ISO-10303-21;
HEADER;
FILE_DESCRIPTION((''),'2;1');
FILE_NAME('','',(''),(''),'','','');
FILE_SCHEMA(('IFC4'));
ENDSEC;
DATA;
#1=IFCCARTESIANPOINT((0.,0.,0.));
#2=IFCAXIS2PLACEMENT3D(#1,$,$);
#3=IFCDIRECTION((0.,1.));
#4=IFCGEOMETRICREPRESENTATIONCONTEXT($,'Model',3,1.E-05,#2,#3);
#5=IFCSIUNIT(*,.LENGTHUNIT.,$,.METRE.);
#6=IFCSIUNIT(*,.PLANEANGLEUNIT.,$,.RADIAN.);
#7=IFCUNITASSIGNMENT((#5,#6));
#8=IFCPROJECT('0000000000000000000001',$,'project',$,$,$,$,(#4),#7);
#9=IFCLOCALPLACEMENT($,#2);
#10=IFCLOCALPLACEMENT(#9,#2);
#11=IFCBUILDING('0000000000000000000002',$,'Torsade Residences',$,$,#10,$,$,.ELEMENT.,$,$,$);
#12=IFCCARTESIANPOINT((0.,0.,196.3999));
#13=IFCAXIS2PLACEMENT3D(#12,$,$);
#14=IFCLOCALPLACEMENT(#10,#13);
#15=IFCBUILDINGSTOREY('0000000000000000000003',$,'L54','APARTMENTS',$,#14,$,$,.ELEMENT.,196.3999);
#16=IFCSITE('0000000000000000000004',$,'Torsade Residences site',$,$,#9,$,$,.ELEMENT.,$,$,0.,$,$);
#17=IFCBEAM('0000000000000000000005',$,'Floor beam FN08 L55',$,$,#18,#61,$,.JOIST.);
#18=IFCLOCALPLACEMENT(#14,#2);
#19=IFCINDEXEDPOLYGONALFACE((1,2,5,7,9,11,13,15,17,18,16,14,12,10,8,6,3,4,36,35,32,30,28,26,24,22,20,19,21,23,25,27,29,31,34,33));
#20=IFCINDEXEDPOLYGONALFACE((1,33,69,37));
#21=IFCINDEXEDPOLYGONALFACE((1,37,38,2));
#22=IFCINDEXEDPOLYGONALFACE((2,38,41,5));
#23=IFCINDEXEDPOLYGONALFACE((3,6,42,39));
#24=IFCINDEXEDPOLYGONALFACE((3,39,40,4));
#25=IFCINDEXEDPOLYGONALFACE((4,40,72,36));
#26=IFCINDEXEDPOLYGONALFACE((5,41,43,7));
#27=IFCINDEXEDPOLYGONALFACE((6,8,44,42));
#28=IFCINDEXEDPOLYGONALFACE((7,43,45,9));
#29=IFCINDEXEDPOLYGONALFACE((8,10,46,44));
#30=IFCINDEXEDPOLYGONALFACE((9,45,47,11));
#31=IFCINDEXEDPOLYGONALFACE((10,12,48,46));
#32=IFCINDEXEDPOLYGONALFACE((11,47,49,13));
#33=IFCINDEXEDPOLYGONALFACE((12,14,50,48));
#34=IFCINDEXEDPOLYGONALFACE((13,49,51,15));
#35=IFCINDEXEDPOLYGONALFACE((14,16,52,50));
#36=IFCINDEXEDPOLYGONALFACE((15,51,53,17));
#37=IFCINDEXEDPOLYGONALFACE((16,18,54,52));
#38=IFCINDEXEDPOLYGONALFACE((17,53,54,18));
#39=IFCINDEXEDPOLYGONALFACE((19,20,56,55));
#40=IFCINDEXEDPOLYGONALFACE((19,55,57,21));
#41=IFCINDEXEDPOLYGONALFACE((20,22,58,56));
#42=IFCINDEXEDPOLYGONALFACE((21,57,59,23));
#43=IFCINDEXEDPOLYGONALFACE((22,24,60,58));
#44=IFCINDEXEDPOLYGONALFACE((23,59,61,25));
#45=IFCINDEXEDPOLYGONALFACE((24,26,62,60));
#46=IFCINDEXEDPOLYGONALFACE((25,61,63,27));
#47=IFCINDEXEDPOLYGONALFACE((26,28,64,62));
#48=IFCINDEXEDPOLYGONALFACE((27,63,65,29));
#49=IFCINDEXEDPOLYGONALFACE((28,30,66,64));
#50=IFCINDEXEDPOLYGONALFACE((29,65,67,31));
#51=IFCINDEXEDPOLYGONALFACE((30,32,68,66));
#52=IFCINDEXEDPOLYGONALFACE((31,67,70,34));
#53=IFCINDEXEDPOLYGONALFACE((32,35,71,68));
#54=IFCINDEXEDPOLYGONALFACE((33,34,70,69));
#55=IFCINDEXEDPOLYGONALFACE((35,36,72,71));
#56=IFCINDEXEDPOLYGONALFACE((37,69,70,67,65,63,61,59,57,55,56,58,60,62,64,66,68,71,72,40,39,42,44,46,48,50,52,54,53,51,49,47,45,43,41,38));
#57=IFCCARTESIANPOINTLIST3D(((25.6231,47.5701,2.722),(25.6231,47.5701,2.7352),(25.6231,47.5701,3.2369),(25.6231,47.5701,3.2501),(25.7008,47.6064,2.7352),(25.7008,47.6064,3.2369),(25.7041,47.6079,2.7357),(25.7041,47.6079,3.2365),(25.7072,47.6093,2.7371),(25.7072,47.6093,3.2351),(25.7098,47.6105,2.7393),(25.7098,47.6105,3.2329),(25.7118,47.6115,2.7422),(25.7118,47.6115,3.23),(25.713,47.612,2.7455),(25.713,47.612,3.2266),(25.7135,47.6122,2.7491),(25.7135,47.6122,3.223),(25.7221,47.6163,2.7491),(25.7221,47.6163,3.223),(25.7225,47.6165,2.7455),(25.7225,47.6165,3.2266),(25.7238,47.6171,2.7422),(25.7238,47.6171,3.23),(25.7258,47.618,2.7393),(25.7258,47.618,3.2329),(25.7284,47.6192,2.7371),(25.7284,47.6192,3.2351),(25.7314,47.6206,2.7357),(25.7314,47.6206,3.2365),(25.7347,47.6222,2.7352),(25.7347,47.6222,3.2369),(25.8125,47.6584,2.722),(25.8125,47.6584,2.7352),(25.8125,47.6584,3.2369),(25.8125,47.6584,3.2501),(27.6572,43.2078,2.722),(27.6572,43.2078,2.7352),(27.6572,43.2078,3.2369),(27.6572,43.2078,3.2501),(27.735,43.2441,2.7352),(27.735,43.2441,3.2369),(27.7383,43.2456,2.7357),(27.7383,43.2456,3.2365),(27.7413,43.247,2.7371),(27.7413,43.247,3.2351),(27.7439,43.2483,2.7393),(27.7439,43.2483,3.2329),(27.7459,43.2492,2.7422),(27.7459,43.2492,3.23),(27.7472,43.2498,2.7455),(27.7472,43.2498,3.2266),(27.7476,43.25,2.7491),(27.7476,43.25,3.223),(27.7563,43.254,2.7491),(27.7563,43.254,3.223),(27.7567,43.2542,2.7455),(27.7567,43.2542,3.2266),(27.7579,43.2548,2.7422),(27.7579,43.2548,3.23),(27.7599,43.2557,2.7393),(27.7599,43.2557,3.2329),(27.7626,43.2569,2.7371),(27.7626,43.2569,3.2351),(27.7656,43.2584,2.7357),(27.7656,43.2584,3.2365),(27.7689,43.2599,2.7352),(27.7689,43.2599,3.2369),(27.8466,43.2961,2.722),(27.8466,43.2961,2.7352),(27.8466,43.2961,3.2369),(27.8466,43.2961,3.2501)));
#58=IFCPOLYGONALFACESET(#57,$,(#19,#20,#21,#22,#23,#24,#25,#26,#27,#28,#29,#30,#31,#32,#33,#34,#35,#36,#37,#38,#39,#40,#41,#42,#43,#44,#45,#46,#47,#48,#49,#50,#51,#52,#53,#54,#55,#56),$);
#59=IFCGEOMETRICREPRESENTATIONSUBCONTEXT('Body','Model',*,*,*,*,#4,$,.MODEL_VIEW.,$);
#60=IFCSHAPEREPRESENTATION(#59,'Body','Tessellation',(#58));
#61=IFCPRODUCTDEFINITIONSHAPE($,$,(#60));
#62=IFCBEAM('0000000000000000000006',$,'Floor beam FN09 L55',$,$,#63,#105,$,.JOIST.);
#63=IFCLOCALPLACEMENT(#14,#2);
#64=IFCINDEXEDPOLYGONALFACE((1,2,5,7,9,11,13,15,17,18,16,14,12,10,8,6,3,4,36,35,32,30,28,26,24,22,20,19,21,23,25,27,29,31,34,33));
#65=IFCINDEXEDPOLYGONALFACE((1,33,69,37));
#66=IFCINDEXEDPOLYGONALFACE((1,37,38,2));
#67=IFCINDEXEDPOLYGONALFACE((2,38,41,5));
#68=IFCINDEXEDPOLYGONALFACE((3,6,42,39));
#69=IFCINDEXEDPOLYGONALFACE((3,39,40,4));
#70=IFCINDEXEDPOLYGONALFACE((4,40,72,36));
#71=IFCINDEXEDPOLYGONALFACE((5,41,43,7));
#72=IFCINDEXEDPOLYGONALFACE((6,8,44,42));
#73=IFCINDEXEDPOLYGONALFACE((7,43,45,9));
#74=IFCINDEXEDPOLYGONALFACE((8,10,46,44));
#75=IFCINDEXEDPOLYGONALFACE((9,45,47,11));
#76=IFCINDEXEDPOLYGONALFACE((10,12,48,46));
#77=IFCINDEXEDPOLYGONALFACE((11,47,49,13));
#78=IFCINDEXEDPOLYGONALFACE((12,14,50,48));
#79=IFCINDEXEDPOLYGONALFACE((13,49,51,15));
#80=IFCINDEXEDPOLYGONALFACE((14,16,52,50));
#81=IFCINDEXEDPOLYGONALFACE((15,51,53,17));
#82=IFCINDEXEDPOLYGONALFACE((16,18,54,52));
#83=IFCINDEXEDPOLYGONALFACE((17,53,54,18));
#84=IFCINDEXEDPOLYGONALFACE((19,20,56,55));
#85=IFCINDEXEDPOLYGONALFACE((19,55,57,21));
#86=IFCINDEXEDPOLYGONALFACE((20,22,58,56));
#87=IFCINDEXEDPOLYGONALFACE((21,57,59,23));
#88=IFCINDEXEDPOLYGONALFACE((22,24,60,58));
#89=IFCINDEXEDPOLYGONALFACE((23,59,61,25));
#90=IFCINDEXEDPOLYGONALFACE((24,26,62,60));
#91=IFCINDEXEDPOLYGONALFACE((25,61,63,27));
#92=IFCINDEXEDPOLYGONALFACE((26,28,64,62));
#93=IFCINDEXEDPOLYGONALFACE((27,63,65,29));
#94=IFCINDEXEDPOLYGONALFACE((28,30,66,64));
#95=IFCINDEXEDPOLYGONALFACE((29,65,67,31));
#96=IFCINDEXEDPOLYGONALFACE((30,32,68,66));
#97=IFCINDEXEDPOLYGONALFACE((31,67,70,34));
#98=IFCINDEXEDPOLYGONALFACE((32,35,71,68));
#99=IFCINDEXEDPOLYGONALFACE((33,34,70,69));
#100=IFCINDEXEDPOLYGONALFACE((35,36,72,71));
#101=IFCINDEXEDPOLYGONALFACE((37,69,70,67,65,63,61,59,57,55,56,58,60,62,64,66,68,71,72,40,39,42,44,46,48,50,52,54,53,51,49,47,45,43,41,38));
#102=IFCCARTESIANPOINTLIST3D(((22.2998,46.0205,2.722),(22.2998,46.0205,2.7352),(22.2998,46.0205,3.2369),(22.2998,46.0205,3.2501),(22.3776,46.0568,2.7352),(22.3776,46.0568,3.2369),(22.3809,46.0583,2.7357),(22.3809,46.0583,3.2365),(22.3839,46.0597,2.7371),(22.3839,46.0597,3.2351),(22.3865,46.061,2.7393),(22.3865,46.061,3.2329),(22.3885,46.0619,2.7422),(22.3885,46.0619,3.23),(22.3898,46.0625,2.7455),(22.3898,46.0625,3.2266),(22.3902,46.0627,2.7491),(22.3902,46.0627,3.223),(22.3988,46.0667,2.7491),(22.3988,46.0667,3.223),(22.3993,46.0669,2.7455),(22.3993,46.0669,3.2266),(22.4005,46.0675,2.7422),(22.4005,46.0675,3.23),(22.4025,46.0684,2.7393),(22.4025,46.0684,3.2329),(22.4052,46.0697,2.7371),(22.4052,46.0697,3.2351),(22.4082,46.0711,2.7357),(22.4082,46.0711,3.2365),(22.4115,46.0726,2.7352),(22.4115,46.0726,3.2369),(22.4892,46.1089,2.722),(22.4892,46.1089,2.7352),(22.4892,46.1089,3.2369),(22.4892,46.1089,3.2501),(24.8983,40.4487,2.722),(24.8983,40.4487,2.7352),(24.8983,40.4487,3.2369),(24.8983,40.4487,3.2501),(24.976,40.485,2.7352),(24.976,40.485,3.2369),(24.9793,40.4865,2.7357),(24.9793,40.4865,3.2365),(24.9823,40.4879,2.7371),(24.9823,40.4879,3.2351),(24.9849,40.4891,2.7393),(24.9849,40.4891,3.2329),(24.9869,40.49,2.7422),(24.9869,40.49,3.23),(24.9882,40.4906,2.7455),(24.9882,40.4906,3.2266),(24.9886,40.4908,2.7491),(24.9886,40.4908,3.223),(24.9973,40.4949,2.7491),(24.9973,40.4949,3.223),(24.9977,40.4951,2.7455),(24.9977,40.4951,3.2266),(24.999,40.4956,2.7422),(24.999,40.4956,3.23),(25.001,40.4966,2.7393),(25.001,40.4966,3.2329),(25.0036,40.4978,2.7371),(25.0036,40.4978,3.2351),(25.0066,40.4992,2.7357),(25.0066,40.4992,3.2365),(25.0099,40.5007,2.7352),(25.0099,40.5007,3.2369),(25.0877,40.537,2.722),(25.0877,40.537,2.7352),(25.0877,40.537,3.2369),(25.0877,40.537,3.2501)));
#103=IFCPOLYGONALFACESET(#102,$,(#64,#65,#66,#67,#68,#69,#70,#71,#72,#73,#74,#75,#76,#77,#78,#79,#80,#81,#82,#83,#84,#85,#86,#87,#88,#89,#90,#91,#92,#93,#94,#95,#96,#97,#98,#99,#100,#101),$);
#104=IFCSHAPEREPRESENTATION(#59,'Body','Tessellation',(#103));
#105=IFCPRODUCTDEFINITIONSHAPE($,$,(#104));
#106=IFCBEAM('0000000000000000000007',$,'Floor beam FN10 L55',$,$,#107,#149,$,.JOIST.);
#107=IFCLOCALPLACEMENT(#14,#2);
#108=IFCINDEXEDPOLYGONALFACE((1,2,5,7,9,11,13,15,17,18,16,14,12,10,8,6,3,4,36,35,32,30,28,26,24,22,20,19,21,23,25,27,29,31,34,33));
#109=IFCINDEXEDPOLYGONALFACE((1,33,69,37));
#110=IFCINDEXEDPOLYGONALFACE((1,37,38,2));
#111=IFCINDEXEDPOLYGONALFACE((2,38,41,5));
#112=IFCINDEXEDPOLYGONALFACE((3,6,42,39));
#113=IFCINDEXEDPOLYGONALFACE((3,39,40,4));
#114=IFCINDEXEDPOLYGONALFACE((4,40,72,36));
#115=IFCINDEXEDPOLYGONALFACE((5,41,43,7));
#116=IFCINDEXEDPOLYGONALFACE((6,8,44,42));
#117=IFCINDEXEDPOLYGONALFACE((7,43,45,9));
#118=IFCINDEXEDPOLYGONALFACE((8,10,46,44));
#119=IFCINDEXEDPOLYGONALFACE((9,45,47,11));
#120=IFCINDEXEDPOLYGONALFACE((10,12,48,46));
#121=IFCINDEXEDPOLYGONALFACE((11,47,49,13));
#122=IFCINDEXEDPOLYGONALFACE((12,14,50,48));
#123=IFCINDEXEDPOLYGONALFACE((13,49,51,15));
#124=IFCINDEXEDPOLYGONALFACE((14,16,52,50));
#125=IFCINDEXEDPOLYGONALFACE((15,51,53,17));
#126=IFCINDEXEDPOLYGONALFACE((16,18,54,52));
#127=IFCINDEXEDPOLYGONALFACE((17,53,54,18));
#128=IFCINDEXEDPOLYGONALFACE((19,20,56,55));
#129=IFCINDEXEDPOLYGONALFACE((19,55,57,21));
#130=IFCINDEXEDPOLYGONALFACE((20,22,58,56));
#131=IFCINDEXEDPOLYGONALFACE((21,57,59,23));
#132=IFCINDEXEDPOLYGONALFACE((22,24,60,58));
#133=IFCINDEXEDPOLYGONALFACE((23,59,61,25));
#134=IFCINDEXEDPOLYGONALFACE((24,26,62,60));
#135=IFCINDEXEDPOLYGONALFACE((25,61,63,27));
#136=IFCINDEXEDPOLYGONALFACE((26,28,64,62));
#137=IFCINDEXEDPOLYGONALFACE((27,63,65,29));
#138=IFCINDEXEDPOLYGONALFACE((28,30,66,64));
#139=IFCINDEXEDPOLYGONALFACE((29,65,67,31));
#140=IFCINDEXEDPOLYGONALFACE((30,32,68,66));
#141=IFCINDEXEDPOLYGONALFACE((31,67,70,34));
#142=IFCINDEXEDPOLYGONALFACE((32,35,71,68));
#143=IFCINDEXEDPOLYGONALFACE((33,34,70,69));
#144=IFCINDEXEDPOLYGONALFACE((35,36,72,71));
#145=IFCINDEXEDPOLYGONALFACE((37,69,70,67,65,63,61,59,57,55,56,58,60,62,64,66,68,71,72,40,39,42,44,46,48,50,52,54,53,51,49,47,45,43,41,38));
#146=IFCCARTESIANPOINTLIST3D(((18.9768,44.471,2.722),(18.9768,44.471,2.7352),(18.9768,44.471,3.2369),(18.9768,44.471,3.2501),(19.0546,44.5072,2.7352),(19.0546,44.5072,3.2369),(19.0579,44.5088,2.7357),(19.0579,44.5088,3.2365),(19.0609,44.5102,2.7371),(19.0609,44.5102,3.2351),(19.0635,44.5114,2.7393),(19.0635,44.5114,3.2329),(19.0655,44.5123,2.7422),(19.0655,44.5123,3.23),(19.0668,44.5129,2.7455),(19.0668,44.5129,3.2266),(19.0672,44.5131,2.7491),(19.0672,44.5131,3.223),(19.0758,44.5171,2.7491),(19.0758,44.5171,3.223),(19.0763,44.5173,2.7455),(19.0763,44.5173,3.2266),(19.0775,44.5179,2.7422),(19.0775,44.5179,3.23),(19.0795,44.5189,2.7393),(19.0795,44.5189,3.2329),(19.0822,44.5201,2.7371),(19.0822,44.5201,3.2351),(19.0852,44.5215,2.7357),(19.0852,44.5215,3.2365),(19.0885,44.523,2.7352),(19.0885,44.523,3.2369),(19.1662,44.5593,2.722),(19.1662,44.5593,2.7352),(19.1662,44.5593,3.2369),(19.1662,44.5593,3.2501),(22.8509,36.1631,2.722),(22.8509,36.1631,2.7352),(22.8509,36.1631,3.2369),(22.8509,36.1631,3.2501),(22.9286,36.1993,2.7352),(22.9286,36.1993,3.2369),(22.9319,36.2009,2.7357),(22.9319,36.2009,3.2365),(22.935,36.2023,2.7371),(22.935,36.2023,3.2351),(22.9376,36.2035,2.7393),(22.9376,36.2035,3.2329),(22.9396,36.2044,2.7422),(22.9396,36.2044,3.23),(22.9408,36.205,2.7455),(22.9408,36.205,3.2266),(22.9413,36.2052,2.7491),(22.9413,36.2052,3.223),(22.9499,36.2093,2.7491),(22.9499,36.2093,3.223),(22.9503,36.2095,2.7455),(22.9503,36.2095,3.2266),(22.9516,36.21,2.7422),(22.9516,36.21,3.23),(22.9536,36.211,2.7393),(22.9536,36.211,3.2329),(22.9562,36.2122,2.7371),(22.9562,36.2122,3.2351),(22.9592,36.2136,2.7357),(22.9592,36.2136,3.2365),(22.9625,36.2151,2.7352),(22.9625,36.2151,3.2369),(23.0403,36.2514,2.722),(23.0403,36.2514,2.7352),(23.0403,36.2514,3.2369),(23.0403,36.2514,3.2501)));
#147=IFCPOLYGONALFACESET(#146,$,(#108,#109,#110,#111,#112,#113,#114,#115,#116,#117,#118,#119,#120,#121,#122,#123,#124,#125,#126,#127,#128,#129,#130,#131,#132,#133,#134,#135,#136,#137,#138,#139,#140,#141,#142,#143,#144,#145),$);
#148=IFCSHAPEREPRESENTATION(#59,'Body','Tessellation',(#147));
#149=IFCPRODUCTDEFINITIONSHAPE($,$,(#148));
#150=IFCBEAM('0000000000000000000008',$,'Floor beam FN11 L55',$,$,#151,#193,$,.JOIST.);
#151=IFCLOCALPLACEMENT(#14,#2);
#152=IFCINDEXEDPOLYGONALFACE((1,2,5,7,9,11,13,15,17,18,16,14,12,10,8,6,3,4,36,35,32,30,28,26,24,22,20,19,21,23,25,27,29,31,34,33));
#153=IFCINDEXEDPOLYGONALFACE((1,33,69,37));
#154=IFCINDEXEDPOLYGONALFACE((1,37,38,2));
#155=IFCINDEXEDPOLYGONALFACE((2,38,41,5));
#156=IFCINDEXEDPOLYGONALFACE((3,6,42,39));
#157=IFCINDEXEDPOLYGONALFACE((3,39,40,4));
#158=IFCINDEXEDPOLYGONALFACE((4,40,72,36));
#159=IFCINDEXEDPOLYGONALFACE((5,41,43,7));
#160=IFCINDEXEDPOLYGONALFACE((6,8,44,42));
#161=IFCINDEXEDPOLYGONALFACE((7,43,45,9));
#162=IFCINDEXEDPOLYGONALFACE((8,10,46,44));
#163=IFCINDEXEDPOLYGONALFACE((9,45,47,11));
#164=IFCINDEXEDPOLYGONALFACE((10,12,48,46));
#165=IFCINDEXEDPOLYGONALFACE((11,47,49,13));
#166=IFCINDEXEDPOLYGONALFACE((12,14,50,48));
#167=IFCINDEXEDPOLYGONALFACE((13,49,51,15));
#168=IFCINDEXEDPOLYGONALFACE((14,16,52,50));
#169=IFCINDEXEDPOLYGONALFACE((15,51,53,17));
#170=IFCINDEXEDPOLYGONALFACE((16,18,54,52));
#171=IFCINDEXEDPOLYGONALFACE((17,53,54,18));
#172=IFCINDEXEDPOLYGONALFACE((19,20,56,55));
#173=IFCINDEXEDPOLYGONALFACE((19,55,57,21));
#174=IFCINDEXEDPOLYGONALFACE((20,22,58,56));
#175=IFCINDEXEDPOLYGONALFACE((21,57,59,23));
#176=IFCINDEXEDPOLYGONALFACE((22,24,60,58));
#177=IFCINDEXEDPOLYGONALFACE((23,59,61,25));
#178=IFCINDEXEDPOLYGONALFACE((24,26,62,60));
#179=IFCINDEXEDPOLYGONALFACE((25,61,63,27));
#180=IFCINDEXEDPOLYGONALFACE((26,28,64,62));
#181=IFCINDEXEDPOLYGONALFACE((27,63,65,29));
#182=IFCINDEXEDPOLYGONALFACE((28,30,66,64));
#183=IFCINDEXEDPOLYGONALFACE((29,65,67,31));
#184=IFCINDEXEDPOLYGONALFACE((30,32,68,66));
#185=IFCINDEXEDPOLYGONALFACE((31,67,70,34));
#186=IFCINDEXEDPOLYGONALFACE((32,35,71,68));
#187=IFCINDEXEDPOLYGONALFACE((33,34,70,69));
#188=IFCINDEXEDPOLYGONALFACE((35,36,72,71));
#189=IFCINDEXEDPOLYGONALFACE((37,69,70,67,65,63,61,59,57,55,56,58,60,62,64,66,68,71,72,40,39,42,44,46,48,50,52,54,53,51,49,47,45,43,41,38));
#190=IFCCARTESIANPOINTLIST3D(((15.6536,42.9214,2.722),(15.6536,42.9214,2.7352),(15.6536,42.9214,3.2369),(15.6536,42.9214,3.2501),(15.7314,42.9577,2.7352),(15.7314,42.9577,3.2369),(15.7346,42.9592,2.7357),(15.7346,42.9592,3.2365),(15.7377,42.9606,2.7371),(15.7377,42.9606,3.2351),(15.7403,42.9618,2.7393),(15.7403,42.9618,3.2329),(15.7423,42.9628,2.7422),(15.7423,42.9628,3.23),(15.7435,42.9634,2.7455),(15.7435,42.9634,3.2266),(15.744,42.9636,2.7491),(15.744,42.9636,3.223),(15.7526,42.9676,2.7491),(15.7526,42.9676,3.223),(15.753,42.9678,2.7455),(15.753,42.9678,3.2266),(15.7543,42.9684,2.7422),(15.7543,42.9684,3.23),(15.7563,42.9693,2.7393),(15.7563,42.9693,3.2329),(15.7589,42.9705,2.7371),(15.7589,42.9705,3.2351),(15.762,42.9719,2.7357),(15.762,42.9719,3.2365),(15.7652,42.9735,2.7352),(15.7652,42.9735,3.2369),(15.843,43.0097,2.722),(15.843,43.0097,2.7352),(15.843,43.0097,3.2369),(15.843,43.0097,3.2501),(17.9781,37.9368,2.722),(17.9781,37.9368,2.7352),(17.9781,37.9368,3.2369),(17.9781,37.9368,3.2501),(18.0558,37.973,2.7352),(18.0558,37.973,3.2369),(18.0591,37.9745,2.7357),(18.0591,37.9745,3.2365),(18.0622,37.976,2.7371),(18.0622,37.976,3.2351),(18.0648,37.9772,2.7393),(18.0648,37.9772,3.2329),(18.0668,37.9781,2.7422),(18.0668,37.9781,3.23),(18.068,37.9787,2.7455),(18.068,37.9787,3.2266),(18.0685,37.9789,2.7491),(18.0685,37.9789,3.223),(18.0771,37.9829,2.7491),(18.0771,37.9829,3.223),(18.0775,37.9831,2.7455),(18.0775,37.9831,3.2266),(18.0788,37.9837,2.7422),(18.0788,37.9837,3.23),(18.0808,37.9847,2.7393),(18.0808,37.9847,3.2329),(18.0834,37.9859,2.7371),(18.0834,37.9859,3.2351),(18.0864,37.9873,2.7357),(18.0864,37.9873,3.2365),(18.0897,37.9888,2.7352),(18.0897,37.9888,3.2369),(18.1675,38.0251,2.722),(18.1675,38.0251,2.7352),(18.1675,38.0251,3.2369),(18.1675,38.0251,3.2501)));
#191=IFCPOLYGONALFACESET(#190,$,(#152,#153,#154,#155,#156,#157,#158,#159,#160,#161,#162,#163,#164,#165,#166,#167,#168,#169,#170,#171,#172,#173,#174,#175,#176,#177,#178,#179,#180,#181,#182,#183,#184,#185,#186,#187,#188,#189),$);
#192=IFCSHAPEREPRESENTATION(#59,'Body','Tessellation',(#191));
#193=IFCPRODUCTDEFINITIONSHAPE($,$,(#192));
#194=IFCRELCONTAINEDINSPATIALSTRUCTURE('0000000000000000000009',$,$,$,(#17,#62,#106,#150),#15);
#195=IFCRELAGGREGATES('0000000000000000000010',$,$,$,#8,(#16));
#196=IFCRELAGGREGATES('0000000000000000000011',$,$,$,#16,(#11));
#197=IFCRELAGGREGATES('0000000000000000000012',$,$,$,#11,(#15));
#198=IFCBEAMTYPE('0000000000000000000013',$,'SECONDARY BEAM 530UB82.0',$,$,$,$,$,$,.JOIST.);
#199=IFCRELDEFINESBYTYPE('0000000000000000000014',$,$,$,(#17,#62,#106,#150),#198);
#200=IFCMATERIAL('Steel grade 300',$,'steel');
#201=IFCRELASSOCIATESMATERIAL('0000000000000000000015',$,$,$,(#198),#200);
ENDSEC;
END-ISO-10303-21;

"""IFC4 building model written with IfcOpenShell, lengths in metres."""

from ifc_helpers import new_model, si_unit, direction, frame, origin, origin_2d, place, context, subcontext, project, spatial, i_section, extrude, material, material_profile, profile_set, type_object, element, save


model = new_model("IFC4")

# Units and contexts
model_context = context("Model", 3, precision=1e-05, world=origin(), true_north=direction((0.0, 1.0)))
body_context = subcontext(model_context, "Body", "Model", "MODEL_VIEW")
ifc_project = project(units=[si_unit("LENGTHUNIT", "METRE"), si_unit("PLANEANGLEUNIT", "RADIAN")], contexts=[model_context])

# Site, building, storey
site_placement = place(None, origin())
site = spatial("IfcSite", under=ifc_project, at=site_placement, Name="Torsade Residences site", CompositionType="ELEMENT", RefElevation=0.0)
building_placement = place(site_placement, origin())
building = spatial("IfcBuilding", under=site, at=building_placement, Name="Torsade Residences", CompositionType="ELEMENT")
storey_placement = place(building_placement, frame((0.0, 0.0, 196.3999)))
storey = spatial("IfcBuildingStorey", under=building, at=storey_placement, Name="L54", Description="APARTMENTS", CompositionType="ELEMENT", Elevation=196.3999)

# Beams
ifc_material_1 = material(Name="Steel grade 300", Category="steel")
ifc_material_profile_1 = material_profile(ifc_material_1, i_section(OverallWidth=0.209, OverallDepth=0.5281, WebThickness=0.0095, FlangeThickness=0.0132, FilletRadius=0.0139, at=origin_2d()), Name="530UB82.0")
ifc_profile_set_1 = profile_set([ifc_material_profile_1], Name="Steel grade 300")
beam_type_1 = type_object("IfcBeamType", Name="SECONDARY BEAM 530UB82.0", PredefinedType="JOIST", material=ifc_profile_set_1)
beam_1_placement = place(storey_placement, frame((25.7178, 47.6143, 2.9861), z_axis=(0.422619, -0.906308, 0.0), x_axis=(0.906308, 0.422619, 0.0)))
element("IfcBeam", 1, at=beam_1_placement, inside=storey, type_object=beam_type_1, Name="Floor beam FN08 L55", PredefinedType="JOIST", context=body_context, shape_type="SweptSolid", body=[
    extrude(i_section(OverallWidth=0.209, OverallDepth=0.5281, WebThickness=0.0095, FlangeThickness=0.0132, FilletRadius=0.0139, at=origin_2d()), origin(), (0.0, 0.0, 1.0), 4.8132),
])
beam_2_placement = place(storey_placement, frame((22.3945, 46.0647, 2.9861), z_axis=(0.422648, -0.906294, 0.0), x_axis=(0.906294, 0.422648, 0.0)))
element("IfcBeam", 2, at=beam_2_placement, inside=storey, type_object=beam_type_1, Name="Floor beam FN09 L55", PredefinedType="JOIST", context=body_context, shape_type="SweptSolid", body=[
    extrude(i_section(OverallWidth=0.209, OverallDepth=0.5281, WebThickness=0.0095, FlangeThickness=0.0132, FilletRadius=0.0139, at=origin_2d()), origin(), (0.0, 0.0, 1.0), 6.1479),
])
beam_3_placement = place(storey_placement, frame((19.0715, 44.5151, 2.9861), z_axis=(0.422619, -0.906308, 0.0), x_axis=(0.906308, 0.422619, 0.0)))
element("IfcBeam", 3, at=beam_3_placement, inside=storey, type_object=beam_type_1, Name="Floor beam FN10 L55", PredefinedType="JOIST", context=body_context, shape_type="SweptSolid", body=[
    extrude(i_section(OverallWidth=0.209, OverallDepth=0.5281, WebThickness=0.0095, FlangeThickness=0.0132, FilletRadius=0.0139, at=origin_2d()), origin(), (0.0, 0.0, 1.0), 9.1667),
])
beam_4_placement = place(storey_placement, frame((15.7483, 42.9656, 2.9861), z_axis=(0.422633, -0.906301, 0.0), x_axis=(0.906301, 0.422633, 0.0)))
element("IfcBeam", 4, at=beam_4_placement, inside=storey, type_object=beam_type_1, Name="Floor beam FN11 L55", PredefinedType="JOIST", context=body_context, shape_type="SweptSolid", body=[
    extrude(i_section(OverallWidth=0.209, OverallDepth=0.5281, WebThickness=0.0095, FlangeThickness=0.0132, FilletRadius=0.0139, at=origin_2d()), origin(), (0.0, 0.0, 1.0), 5.5),
])

save(model, "model.ifc")
